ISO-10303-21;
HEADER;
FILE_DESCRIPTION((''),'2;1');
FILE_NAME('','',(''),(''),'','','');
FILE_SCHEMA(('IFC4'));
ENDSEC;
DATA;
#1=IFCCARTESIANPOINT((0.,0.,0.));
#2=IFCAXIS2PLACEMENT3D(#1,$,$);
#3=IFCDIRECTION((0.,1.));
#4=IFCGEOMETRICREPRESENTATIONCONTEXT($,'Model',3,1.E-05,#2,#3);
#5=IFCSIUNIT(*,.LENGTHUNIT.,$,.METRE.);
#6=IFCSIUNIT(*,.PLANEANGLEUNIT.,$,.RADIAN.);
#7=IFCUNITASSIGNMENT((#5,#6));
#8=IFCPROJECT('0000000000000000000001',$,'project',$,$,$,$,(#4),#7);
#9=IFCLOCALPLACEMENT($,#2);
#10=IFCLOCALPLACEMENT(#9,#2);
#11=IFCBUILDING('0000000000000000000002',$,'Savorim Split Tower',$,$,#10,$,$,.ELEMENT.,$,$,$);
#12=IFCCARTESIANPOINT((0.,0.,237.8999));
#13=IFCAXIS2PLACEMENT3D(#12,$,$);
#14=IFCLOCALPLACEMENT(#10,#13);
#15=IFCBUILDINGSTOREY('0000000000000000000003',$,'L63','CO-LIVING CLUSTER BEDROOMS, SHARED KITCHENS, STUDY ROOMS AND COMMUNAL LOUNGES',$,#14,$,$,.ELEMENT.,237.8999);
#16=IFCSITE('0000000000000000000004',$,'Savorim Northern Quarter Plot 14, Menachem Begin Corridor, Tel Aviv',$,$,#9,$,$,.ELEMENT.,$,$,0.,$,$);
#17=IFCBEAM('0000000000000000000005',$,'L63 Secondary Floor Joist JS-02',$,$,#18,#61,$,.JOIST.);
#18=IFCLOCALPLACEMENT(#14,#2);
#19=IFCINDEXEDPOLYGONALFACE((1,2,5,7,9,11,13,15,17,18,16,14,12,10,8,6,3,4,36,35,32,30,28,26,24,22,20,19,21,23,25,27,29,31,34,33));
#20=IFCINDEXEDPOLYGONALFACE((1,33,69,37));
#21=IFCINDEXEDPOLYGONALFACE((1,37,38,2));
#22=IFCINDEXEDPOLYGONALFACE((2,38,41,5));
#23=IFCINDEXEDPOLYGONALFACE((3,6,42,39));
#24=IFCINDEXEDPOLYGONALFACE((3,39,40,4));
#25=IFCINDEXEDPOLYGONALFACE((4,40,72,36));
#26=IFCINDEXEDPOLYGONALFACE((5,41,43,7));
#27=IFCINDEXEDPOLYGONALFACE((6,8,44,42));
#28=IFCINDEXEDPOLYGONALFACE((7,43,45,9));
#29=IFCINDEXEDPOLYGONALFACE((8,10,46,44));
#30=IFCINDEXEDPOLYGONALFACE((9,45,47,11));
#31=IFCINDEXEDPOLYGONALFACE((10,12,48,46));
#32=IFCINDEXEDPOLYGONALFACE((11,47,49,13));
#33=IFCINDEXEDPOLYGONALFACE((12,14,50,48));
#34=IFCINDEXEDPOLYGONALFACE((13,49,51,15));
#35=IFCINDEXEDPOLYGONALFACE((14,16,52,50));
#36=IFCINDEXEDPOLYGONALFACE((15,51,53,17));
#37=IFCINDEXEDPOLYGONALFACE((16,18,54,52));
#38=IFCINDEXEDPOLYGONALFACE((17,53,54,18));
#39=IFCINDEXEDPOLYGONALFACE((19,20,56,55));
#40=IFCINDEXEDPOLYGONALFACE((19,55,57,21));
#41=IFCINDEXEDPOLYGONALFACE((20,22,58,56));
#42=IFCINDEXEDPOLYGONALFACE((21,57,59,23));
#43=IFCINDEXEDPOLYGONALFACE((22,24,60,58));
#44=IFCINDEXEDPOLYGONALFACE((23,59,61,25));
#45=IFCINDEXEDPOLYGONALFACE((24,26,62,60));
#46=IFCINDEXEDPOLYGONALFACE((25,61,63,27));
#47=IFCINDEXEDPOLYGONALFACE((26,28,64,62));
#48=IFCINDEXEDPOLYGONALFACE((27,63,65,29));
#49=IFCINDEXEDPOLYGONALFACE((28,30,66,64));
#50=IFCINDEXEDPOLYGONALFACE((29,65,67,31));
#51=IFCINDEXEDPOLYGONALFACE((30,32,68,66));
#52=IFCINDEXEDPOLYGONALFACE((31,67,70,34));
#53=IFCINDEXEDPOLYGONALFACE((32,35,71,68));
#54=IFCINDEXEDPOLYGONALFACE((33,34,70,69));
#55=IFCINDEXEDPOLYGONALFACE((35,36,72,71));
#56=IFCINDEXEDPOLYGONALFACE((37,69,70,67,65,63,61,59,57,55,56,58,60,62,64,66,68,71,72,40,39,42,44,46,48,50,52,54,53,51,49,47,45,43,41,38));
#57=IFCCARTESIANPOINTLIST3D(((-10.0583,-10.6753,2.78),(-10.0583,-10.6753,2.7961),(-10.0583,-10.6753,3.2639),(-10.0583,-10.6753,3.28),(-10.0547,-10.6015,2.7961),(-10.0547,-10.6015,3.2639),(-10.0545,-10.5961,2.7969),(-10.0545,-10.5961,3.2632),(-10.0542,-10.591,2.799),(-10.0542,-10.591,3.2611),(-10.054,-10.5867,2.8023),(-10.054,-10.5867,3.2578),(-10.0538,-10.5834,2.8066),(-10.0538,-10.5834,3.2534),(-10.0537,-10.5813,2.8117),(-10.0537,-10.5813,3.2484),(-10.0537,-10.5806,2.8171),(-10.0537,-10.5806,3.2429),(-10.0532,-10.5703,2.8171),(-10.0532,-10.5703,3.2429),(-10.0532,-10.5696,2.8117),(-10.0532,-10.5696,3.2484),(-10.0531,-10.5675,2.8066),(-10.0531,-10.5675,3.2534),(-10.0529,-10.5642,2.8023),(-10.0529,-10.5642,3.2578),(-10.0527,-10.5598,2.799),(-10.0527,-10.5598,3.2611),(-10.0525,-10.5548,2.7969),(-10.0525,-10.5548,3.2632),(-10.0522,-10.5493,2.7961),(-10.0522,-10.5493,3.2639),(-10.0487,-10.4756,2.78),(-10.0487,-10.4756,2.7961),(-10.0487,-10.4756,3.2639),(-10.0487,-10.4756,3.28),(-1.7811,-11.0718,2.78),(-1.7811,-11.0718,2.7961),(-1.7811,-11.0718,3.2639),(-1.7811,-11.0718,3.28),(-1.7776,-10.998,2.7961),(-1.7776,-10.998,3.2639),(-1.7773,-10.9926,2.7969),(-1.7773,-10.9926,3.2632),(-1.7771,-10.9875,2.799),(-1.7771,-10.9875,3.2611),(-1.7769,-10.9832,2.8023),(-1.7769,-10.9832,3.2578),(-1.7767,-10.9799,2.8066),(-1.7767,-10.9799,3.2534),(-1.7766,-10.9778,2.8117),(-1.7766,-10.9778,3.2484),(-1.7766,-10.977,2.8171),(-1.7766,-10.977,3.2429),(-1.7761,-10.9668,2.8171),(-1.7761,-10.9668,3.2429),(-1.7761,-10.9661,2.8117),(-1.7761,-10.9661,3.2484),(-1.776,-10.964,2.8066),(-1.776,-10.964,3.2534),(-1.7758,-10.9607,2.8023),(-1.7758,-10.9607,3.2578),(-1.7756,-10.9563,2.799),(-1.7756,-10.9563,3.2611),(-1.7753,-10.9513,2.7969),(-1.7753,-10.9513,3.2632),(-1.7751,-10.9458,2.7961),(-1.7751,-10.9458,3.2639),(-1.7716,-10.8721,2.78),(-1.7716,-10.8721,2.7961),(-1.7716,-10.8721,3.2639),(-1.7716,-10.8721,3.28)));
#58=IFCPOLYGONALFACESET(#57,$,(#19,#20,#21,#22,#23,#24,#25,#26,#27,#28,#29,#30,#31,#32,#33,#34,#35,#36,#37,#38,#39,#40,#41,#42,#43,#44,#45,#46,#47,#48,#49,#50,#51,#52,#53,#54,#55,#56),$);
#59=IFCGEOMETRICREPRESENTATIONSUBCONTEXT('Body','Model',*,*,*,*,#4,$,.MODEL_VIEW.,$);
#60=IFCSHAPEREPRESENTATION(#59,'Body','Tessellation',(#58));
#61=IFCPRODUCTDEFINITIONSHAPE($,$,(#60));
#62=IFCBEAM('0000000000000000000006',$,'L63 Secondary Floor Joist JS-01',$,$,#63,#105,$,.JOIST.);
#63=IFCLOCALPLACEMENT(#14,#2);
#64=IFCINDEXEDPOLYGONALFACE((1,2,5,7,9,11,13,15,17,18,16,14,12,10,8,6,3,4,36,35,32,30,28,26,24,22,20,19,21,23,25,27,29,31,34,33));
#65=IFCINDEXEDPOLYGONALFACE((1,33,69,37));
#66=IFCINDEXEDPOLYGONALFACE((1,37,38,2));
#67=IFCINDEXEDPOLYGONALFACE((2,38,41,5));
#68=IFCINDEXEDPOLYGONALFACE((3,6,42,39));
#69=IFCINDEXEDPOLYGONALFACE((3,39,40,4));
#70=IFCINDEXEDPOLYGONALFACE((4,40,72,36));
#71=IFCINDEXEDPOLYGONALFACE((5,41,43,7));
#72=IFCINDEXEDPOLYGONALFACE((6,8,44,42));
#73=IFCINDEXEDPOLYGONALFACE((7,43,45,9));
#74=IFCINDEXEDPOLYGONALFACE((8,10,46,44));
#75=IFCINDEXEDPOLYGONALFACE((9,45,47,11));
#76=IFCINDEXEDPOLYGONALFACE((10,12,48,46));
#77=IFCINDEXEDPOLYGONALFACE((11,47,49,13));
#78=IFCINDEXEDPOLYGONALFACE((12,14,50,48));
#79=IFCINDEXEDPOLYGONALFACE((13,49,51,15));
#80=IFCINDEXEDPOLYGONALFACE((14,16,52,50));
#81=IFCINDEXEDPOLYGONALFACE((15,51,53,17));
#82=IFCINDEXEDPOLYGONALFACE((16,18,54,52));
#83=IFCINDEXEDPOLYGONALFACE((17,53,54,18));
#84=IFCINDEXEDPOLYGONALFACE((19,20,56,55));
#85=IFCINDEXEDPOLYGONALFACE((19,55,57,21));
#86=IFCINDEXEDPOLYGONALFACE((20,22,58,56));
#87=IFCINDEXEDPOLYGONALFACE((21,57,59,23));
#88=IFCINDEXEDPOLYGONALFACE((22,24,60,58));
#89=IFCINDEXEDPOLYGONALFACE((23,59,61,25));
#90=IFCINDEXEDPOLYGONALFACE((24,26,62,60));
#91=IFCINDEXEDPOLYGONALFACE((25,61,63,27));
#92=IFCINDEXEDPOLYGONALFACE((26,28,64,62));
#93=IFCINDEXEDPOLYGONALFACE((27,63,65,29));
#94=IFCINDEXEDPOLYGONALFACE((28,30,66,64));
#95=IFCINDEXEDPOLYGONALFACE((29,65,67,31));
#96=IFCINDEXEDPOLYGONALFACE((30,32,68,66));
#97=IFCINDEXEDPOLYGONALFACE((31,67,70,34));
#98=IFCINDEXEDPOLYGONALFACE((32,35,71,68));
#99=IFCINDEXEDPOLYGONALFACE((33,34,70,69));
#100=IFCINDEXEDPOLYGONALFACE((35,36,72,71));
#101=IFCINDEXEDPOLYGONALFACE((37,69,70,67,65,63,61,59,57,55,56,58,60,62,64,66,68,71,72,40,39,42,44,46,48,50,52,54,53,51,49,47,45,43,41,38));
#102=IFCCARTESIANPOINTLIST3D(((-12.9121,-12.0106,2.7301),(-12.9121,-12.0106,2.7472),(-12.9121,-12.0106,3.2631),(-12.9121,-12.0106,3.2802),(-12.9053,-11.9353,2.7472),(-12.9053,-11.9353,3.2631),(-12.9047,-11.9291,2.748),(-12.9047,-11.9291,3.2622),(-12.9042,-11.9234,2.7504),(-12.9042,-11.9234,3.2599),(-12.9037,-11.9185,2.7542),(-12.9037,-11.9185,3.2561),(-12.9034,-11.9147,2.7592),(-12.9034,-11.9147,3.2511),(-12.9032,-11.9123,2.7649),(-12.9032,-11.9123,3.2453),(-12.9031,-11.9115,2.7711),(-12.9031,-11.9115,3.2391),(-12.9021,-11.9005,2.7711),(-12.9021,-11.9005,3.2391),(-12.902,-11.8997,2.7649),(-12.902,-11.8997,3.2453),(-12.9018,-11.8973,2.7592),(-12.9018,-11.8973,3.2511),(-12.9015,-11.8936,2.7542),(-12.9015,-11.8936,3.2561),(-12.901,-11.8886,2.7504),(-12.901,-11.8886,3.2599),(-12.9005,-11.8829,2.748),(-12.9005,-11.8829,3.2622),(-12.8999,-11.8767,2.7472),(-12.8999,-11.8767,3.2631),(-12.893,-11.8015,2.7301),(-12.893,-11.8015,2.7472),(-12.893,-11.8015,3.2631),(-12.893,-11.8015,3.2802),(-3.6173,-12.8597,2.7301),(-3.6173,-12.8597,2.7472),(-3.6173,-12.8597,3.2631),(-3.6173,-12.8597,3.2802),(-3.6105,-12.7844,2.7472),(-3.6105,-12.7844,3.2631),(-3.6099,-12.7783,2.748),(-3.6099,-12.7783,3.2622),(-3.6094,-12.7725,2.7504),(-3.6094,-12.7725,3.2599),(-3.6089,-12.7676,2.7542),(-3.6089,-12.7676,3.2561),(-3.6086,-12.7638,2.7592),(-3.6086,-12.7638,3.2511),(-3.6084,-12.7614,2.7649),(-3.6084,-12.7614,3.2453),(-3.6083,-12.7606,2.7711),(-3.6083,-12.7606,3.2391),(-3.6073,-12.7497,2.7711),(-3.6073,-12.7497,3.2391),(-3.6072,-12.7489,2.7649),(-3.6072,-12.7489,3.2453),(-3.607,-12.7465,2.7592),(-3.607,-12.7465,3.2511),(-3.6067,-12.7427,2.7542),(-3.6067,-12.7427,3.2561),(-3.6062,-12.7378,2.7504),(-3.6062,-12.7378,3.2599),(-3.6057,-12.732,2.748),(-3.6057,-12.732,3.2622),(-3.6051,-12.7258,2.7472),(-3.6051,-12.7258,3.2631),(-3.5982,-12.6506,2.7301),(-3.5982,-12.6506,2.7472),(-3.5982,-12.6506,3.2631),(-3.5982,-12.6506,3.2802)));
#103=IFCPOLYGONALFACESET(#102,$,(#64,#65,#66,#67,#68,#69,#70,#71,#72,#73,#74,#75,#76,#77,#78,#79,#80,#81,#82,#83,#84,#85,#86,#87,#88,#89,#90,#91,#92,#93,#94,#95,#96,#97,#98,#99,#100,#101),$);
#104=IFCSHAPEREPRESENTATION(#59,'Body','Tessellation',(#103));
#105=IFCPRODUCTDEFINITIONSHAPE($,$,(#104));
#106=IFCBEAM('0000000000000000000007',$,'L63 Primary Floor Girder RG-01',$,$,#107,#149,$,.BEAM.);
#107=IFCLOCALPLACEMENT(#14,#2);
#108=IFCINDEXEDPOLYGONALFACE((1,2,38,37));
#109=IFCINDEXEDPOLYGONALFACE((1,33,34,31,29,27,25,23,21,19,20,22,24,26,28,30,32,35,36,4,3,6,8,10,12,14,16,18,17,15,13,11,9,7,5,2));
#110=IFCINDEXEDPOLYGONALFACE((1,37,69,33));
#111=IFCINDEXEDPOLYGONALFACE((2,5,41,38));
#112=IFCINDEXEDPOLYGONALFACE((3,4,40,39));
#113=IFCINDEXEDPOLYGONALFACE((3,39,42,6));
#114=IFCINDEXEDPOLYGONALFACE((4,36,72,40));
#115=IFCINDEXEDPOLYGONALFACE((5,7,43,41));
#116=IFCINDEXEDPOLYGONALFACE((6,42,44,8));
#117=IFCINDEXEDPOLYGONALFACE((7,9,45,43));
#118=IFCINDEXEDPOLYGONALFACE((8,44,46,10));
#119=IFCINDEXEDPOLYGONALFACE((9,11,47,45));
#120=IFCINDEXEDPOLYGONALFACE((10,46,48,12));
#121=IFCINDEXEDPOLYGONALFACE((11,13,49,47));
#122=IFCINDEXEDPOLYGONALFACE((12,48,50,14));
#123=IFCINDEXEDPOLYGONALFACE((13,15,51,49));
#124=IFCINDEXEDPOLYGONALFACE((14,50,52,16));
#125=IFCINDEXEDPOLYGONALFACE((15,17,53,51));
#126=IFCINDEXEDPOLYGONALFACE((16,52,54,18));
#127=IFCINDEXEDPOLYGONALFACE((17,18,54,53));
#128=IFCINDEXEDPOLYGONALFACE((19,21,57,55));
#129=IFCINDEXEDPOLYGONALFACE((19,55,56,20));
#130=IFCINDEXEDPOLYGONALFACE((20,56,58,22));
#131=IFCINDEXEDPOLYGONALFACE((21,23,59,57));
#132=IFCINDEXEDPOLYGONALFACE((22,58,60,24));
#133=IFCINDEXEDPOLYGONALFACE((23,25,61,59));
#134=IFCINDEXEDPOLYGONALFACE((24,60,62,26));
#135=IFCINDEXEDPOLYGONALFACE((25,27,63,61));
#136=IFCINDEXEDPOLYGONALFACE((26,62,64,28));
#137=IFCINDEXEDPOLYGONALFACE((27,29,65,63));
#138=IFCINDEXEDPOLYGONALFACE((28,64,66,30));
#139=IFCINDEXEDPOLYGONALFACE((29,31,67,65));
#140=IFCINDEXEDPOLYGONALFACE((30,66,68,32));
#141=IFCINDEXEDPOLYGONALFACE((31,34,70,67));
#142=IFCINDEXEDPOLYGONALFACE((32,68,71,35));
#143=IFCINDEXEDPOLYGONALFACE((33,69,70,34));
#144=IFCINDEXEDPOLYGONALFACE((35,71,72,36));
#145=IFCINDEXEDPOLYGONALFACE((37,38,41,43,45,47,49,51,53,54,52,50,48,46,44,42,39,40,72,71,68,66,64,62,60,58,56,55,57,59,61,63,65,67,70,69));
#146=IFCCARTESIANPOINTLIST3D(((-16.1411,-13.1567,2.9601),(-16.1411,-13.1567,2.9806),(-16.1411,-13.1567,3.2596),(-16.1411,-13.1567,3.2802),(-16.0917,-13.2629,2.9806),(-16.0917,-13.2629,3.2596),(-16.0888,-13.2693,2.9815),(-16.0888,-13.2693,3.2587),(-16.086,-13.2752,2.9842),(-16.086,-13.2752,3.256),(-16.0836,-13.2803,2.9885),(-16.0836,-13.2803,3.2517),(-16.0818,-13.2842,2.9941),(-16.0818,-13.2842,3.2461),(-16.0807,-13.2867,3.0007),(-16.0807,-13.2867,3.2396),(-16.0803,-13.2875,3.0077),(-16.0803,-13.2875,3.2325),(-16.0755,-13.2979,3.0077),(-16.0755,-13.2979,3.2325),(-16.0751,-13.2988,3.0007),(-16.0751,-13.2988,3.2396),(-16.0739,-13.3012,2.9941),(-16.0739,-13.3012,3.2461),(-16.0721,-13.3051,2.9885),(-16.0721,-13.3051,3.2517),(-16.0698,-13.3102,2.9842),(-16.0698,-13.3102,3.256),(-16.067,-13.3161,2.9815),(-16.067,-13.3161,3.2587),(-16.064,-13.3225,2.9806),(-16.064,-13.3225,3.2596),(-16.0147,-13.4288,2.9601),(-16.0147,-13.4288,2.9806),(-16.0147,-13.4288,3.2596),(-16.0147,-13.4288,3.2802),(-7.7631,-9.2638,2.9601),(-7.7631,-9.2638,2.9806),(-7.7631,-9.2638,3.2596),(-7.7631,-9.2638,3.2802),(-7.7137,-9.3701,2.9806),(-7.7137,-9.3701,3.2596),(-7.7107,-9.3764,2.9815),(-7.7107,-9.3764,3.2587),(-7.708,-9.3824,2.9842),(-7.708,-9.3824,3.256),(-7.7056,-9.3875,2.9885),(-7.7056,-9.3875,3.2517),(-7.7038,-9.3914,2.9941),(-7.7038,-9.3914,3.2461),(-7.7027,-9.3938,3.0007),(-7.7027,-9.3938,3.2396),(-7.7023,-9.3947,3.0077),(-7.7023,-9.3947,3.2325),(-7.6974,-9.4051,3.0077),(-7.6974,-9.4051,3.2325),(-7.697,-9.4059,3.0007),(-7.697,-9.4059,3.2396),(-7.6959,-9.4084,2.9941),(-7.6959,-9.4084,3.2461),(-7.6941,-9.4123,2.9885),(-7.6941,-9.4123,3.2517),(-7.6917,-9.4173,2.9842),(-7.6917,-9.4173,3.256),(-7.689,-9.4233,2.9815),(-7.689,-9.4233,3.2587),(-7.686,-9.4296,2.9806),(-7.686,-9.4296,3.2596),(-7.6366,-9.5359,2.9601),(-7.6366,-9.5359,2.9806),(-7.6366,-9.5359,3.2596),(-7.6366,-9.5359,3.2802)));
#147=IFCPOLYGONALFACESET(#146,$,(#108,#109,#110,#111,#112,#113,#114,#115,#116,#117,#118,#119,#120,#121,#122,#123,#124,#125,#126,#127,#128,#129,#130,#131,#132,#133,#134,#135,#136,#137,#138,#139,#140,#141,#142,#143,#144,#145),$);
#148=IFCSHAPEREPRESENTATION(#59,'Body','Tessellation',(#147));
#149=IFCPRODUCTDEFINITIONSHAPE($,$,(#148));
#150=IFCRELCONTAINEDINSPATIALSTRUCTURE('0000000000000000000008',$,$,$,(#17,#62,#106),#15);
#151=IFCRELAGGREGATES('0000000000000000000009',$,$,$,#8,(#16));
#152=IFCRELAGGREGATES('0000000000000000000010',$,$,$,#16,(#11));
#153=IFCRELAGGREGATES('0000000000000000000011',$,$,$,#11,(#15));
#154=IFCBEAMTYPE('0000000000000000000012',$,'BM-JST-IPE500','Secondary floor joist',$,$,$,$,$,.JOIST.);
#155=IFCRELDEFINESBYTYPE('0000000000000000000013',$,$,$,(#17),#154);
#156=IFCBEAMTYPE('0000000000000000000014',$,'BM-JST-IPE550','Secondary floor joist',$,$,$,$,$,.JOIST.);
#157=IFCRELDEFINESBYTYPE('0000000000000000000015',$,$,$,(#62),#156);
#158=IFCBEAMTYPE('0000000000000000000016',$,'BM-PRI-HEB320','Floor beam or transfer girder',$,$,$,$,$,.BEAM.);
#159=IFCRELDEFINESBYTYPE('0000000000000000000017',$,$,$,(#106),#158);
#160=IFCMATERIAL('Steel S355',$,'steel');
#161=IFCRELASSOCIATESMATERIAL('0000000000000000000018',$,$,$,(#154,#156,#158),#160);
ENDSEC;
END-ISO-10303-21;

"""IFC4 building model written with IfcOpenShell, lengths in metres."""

from ifc_helpers import new_model, si_unit, direction, frame, origin, origin_2d, place, context, subcontext, project, spatial, i_section, extrude, material, material_profile, profile_set, type_object, element, save


model = new_model("IFC4")

# Units and contexts
model_context = context("Model", 3, precision=1e-05, world=origin(), true_north=direction((0.0, 1.0)))
body_context = subcontext(model_context, "Body", "Model", "MODEL_VIEW")
ifc_project = project(units=[si_unit("LENGTHUNIT", "METRE"), si_unit("PLANEANGLEUNIT", "RADIAN")], contexts=[model_context])

# Site, building, storey
site_placement = place(None, origin())
site = spatial("IfcSite", under=ifc_project, at=site_placement, Name="Savorim Northern Quarter Plot 14, Menachem Begin Corridor, Tel Aviv", CompositionType="ELEMENT", RefElevation=0.0)
building_placement = place(site_placement, origin())
building = spatial("IfcBuilding", under=site, at=building_placement, Name="Savorim Split Tower", CompositionType="ELEMENT")
storey_placement = place(building_placement, frame((0.0, 0.0, 237.8999)))
storey = spatial("IfcBuildingStorey", under=building, at=storey_placement, Name="L63", Description="CO-LIVING CLUSTER BEDROOMS, SHARED KITCHENS, STUDY ROOMS AND COMMUNAL LOUNGES", CompositionType="ELEMENT", Elevation=237.8999)

# Beams
ifc_material_1 = material(Name="Steel S355", Category="steel")
ifc_material_profile_1 = material_profile(ifc_material_1, i_section(OverallWidth=0.2, OverallDepth=0.5, WebThickness=0.0103, FlangeThickness=0.0161, FilletRadius=0.021, at=origin_2d()), Name="IPE 500")
ifc_profile_set_1 = profile_set([ifc_material_profile_1], Name="Steel S355")
beam_type_1 = type_object("IfcBeamType", Name="BM-JST-IPE500", Description="Secondary floor joist", PredefinedType="JOIST", material=ifc_profile_set_1)
beam_1_placement = place(storey_placement, frame((-10.0535, -10.5754, 3.03), z_axis=(0.998855, -0.047847, 0.0), x_axis=(0.047847, 0.998855, 0.0)))
element("IfcBeam", 1, at=beam_1_placement, inside=storey, type_object=beam_type_1, Name="L63 Secondary Floor Joist JS-02", PredefinedType="JOIST", context=body_context, shape_type="SweptSolid", body=[
    extrude(i_section(OverallWidth=0.2, OverallDepth=0.5, WebThickness=0.0103, FlangeThickness=0.0161, FilletRadius=0.021, at=origin_2d()), origin(), (0.0, 0.0, 1.0), 8.2866),
])
ifc_material_profile_2 = material_profile(ifc_material_1, i_section(OverallWidth=0.21, OverallDepth=0.55, WebThickness=0.011, FlangeThickness=0.0171, FilletRadius=0.0239, at=origin_2d()), Name="IPE 550")
ifc_profile_set_2 = profile_set([ifc_material_profile_2], Name="Steel S355")
beam_type_2 = type_object("IfcBeamType", Name="BM-JST-IPE550", Description="Secondary floor joist", PredefinedType="JOIST", material=ifc_profile_set_2)
beam_2_placement = place(storey_placement, frame((-12.9026, -11.906, 3.0051), z_axis=(0.995853, -0.090977, 0.0), x_axis=(0.090977, 0.995853, 0.0)))
element("IfcBeam", 2, at=beam_2_placement, inside=storey, type_object=beam_type_2, Name="L63 Secondary Floor Joist JS-01", PredefinedType="JOIST", context=body_context, shape_type="SweptSolid", body=[
    extrude(i_section(OverallWidth=0.21, OverallDepth=0.55, WebThickness=0.011, FlangeThickness=0.0171, FilletRadius=0.0239, at=origin_2d()), origin(), (0.0, 0.0, 1.0), 9.3335),
])
ifc_material_profile_3 = material_profile(ifc_material_1, i_section(OverallWidth=0.3, OverallDepth=0.3201, WebThickness=0.0115, FlangeThickness=0.0205, FilletRadius=0.0271, at=origin_2d()), Name="HEB 320")
ifc_profile_set_3 = profile_set([ifc_material_profile_3], Name="Steel S355")
beam_type_3 = type_object("IfcBeamType", Name="BM-PRI-HEB320", Description="Floor beam or transfer girder", PredefinedType="BEAM", material=ifc_profile_set_3)
beam_3_placement = place(storey_placement, frame((-16.0779, -13.2927, 3.1201), z_axis=(0.906882, 0.421385, 0.0), x_axis=(-0.421385, 0.906882, 0.0)))
element("IfcBeam", 3, at=beam_3_placement, inside=storey, type_object=beam_type_3, Name="L63 Primary Floor Girder RG-01", PredefinedType="BEAM", context=body_context, shape_type="SweptSolid", body=[
    extrude(i_section(OverallWidth=0.3, OverallDepth=0.3201, WebThickness=0.0115, FlangeThickness=0.0205, FilletRadius=0.0271, at=origin_2d()), origin(), (0.0, 0.0, 1.0), 9.2383),
])

save(model, "model.ifc")
